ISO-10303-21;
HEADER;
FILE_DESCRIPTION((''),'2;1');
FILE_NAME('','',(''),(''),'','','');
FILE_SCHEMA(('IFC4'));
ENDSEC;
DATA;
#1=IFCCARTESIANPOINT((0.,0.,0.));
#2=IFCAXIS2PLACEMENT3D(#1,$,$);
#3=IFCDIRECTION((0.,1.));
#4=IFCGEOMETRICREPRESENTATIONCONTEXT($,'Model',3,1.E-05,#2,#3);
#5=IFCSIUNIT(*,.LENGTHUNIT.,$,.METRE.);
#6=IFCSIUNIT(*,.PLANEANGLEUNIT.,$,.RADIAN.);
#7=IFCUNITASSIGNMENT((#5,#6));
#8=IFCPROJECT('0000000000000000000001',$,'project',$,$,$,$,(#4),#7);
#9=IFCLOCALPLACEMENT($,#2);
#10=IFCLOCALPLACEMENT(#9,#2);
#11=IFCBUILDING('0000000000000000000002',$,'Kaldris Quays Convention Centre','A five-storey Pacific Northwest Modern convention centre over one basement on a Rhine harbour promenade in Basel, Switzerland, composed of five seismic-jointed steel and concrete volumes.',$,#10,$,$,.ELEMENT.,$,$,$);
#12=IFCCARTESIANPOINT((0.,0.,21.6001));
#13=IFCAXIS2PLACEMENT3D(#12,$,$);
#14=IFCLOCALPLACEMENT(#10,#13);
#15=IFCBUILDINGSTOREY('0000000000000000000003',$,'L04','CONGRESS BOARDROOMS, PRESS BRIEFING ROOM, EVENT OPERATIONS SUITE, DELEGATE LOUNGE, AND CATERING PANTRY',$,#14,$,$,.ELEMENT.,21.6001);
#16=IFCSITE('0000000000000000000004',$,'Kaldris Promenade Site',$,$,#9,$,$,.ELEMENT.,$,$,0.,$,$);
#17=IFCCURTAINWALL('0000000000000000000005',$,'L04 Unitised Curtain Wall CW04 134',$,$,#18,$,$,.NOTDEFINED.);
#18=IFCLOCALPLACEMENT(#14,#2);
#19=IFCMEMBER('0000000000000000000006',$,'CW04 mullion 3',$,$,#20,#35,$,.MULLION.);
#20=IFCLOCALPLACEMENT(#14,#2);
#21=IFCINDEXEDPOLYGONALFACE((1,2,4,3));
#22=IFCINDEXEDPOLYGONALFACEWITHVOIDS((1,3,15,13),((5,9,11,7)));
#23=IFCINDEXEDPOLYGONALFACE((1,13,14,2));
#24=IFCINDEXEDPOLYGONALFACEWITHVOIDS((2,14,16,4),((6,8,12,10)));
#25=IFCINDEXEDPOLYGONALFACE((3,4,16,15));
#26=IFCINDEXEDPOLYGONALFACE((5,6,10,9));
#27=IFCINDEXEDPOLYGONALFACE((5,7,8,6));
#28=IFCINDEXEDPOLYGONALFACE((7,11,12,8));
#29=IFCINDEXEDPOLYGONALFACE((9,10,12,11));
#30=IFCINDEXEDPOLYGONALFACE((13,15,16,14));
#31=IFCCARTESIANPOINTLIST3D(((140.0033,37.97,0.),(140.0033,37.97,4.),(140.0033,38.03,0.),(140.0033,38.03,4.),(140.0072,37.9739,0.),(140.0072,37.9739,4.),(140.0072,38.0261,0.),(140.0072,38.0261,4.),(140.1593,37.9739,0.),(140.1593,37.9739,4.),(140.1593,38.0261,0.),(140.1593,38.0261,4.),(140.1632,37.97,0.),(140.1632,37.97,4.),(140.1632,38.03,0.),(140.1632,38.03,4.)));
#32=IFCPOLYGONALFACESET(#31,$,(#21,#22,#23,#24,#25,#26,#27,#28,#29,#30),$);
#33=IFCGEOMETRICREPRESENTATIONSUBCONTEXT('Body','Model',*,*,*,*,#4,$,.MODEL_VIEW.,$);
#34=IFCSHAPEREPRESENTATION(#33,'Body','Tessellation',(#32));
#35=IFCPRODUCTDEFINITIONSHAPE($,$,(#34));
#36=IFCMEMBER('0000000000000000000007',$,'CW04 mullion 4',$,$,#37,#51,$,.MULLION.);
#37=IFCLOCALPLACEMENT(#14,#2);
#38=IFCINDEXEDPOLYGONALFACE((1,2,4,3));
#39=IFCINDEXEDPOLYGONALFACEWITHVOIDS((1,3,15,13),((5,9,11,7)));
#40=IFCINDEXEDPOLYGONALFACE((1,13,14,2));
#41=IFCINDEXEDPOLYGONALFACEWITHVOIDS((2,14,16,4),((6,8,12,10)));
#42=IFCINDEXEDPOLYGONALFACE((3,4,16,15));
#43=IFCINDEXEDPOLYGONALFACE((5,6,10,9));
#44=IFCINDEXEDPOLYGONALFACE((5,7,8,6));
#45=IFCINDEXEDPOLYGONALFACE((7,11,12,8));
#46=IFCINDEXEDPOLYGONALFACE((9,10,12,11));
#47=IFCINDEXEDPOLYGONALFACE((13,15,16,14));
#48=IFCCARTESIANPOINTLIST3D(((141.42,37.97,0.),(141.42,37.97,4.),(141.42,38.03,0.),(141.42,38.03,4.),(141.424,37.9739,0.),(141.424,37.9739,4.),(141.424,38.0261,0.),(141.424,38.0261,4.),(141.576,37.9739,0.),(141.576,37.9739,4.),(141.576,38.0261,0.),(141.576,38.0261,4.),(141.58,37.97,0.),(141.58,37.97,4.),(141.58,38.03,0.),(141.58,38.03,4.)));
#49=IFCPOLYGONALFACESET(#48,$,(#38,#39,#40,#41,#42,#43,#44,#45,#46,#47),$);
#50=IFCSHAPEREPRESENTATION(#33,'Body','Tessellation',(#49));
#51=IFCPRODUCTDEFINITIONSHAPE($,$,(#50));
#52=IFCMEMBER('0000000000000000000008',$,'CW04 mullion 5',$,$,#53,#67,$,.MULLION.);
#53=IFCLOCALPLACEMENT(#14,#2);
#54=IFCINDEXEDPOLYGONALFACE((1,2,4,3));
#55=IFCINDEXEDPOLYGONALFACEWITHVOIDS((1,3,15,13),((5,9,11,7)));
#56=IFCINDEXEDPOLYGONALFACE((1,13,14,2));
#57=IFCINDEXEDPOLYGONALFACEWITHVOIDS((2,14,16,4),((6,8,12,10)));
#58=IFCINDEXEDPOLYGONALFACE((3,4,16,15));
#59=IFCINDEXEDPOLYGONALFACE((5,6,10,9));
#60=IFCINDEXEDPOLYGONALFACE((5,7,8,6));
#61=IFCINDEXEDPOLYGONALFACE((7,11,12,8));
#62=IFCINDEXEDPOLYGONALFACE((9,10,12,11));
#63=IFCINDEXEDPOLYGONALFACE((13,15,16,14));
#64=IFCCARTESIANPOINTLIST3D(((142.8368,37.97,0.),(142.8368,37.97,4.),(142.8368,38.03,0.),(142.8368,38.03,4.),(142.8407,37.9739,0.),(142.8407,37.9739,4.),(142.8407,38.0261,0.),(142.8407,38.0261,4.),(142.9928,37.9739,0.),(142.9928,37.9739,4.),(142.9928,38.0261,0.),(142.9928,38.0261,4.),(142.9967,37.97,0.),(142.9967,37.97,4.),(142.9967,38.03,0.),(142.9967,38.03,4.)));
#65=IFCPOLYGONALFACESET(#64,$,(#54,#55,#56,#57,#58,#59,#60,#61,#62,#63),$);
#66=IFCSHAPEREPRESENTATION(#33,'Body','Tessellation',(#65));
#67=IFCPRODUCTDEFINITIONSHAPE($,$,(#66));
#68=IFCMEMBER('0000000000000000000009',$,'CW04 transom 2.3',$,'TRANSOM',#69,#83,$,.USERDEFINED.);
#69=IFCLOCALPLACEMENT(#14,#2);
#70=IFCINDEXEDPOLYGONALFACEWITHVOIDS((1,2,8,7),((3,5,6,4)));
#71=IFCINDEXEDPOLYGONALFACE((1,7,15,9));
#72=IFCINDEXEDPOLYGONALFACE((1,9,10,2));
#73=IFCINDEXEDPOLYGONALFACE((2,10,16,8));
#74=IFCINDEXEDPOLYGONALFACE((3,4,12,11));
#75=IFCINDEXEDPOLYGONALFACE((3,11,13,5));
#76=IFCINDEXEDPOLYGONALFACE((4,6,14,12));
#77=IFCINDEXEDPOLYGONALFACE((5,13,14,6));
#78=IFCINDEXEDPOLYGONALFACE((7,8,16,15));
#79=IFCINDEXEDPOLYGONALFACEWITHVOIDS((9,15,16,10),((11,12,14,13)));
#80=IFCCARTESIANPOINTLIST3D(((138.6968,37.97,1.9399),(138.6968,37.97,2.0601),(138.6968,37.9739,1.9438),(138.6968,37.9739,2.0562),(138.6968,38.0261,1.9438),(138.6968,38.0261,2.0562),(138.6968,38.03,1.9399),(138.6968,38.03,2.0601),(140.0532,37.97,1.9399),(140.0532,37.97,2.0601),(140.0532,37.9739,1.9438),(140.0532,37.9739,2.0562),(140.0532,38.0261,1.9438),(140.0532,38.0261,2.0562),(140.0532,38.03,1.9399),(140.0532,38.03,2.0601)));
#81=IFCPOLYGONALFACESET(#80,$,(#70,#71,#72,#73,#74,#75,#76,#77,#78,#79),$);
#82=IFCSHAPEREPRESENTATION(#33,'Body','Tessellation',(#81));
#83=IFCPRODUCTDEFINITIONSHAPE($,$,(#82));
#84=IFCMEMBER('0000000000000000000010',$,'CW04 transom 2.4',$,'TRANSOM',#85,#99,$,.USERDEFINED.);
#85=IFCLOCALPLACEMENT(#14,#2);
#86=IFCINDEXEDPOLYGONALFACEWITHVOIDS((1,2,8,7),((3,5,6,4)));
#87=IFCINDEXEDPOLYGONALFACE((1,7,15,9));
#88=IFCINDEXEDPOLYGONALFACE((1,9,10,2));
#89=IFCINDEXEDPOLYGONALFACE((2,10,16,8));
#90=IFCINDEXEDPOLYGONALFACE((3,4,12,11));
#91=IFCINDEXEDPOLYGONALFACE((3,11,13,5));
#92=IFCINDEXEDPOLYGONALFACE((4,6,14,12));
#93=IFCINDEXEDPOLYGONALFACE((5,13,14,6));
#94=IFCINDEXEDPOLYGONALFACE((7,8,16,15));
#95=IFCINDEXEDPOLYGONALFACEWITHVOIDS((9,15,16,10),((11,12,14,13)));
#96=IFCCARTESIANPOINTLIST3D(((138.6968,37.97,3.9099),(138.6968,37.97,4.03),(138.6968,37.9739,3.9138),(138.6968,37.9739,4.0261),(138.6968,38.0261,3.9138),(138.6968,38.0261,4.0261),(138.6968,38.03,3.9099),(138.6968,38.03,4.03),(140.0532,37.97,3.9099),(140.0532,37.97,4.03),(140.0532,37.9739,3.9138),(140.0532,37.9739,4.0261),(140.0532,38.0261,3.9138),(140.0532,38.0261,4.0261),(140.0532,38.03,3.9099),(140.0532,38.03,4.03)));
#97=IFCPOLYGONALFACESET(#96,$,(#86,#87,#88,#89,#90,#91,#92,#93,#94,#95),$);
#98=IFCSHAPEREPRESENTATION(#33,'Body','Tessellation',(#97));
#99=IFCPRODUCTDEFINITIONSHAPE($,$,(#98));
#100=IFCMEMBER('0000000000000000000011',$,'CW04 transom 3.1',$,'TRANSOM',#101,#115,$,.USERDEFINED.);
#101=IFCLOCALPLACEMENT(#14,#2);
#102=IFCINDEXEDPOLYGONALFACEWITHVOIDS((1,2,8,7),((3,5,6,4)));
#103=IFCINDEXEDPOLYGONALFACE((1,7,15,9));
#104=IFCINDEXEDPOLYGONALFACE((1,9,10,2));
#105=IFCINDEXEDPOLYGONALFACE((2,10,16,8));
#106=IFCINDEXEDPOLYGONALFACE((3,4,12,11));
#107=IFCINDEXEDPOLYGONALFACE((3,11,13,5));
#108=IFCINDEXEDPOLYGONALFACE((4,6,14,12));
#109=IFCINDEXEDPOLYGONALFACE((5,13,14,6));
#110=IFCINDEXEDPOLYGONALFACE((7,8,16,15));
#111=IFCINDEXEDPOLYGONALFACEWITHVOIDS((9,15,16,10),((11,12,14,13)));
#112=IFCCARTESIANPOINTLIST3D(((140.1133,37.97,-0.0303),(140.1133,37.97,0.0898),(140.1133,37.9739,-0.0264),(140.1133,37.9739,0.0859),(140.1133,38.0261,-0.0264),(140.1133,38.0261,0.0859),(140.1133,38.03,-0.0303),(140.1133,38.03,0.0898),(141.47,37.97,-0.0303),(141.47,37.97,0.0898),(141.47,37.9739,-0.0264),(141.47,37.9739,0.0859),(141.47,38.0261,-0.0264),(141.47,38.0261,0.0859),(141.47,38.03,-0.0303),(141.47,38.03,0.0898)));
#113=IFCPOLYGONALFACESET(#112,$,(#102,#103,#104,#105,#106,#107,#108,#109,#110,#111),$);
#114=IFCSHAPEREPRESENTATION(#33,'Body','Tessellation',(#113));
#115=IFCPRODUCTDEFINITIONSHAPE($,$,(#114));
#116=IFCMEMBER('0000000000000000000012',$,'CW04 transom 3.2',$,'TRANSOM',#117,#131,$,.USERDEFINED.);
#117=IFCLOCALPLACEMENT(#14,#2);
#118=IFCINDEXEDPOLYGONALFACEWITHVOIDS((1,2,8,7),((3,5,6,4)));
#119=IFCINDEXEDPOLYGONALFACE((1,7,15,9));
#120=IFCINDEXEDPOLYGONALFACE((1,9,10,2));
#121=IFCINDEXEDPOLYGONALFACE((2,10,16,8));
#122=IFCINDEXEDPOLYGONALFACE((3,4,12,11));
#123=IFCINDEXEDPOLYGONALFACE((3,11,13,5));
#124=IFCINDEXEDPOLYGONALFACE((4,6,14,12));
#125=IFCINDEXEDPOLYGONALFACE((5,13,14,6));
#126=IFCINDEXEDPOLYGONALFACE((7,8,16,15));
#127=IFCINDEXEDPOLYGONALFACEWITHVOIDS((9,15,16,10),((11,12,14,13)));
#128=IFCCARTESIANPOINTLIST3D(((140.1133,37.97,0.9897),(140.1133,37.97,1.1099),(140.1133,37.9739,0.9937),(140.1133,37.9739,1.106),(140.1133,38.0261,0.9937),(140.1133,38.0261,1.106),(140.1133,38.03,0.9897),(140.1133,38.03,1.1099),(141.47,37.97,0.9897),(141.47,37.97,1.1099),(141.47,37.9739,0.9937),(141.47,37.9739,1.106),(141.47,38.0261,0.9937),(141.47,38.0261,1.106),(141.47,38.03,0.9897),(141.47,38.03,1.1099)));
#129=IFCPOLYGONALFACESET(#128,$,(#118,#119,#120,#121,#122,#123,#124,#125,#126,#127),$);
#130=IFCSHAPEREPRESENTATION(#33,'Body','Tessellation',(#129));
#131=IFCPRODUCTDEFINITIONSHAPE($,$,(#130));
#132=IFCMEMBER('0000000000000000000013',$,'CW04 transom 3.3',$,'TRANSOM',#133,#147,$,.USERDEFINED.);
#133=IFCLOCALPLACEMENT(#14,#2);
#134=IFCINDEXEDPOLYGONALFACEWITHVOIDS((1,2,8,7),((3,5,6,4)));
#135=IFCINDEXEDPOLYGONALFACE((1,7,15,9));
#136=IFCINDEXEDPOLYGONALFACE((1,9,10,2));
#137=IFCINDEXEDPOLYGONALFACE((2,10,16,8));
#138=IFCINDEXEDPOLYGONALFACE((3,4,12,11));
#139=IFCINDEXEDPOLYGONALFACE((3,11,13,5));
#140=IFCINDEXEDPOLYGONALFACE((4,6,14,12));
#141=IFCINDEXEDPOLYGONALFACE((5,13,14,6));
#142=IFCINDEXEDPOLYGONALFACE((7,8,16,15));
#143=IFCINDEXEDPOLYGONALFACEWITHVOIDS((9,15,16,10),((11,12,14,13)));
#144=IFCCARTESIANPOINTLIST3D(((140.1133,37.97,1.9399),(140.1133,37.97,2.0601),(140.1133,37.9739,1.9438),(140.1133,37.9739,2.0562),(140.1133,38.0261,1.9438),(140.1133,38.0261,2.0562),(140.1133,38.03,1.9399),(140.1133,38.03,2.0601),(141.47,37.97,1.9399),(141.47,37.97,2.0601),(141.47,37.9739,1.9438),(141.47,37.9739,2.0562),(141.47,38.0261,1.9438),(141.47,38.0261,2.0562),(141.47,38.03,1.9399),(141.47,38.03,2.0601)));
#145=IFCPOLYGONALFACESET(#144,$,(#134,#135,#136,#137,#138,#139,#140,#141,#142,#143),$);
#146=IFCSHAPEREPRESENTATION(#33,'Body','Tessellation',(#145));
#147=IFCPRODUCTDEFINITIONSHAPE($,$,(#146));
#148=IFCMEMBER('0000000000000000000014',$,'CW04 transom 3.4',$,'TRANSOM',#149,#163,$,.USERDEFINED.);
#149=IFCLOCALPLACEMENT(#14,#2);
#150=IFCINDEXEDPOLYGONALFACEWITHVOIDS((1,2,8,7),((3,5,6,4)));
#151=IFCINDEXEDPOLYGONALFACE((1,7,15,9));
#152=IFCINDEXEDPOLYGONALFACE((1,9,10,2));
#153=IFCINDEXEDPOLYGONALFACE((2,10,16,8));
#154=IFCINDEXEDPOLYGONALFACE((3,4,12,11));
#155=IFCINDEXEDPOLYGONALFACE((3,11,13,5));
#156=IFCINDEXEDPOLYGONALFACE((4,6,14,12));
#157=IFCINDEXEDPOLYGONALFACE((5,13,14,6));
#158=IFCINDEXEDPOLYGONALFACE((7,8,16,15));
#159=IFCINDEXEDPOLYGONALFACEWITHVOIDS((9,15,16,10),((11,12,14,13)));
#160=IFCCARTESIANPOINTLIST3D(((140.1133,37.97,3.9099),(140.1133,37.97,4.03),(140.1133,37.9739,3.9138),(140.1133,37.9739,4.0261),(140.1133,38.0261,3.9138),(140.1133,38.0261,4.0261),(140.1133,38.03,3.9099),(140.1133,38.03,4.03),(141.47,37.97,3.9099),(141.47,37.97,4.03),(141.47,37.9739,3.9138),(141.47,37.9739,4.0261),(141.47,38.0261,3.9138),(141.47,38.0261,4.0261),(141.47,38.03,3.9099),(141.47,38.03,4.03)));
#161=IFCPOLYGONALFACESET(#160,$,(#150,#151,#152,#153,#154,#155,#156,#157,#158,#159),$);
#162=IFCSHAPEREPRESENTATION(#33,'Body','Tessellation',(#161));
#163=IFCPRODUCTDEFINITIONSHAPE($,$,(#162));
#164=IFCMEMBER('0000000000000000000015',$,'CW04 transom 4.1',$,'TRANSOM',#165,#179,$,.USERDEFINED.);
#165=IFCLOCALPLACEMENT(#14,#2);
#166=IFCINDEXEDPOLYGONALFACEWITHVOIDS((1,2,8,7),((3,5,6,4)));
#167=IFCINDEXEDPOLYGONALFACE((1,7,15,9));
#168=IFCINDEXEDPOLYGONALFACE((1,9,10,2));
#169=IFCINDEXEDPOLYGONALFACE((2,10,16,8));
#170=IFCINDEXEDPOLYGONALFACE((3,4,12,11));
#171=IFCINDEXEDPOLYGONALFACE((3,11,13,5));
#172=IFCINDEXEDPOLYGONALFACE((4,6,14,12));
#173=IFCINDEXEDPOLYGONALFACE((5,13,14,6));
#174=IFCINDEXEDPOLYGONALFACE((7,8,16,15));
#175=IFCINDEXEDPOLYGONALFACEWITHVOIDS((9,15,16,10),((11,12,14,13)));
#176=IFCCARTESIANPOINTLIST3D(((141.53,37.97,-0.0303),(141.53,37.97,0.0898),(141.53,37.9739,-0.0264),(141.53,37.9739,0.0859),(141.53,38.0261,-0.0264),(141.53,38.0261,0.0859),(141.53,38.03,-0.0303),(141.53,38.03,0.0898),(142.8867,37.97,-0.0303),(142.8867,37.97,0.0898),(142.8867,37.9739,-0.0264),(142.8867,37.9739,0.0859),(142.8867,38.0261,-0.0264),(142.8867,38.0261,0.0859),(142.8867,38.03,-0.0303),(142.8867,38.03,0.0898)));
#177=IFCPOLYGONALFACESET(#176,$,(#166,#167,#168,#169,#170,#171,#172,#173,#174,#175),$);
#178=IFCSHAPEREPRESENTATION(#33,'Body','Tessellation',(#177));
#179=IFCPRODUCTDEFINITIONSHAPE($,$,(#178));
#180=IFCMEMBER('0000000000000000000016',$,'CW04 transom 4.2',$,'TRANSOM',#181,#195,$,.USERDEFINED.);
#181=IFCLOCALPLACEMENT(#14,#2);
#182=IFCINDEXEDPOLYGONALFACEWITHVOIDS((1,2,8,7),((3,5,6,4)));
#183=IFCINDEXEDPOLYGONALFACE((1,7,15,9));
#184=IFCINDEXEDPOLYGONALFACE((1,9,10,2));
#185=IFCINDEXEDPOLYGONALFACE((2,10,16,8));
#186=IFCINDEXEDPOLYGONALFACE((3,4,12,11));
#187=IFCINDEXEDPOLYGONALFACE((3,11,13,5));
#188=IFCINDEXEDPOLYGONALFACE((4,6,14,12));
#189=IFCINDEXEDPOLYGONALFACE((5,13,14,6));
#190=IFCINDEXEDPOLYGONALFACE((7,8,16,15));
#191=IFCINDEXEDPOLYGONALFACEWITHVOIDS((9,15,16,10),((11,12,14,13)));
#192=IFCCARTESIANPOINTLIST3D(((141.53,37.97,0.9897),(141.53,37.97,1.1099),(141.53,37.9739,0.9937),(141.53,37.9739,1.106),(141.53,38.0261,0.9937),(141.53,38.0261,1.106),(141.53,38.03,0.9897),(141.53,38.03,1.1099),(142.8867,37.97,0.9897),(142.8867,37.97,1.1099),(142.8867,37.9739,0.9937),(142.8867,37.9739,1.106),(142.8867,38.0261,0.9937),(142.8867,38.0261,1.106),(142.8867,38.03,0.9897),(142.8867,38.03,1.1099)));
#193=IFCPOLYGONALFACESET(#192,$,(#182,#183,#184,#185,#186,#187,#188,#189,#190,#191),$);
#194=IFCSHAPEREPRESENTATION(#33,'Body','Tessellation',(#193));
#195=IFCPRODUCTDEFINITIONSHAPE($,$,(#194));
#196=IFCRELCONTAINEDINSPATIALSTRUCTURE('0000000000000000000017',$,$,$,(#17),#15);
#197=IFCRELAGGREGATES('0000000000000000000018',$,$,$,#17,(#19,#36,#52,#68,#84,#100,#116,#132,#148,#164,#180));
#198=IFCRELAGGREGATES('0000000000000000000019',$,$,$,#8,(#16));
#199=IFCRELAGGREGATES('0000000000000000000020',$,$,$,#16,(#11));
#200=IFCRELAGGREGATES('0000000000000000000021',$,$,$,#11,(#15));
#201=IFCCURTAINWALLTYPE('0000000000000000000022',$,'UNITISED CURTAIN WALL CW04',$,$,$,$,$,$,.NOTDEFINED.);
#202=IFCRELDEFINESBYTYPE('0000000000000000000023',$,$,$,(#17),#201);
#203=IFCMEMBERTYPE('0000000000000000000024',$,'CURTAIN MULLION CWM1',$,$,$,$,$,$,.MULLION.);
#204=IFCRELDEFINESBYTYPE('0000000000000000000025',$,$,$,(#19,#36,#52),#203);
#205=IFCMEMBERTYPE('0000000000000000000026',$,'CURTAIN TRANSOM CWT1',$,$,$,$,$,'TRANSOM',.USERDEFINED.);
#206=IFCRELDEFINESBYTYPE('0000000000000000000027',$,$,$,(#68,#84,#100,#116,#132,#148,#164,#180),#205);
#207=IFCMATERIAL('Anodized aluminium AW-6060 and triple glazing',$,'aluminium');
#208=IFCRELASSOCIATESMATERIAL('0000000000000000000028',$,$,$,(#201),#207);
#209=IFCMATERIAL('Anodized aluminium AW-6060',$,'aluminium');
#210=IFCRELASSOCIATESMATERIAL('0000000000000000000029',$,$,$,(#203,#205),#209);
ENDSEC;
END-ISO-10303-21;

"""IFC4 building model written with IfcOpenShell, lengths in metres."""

from ifc_helpers import new_model, si_unit, direction, frame, origin, origin_2d, place, context, subcontext, project, spatial, hollow_rectangle, extrude, material, material_profile, profile_set, type_object, element, aggregate, save


model = new_model("IFC4")

# Units and contexts
model_context = context("Model", 3, precision=1e-05, world=origin(), true_north=direction((0.0, 1.0)))
body_context = subcontext(model_context, "Body", "Model", "MODEL_VIEW")
ifc_project = project(units=[si_unit("LENGTHUNIT", "METRE"), si_unit("PLANEANGLEUNIT", "RADIAN")], contexts=[model_context])

# Site, building, storey
site_placement = place(None, origin())
site = spatial("IfcSite", under=ifc_project, at=site_placement, Name="Kaldris Promenade Site", CompositionType="ELEMENT", RefElevation=0.0)
building_placement = place(site_placement, origin())
building = spatial("IfcBuilding", under=site, at=building_placement, Name="Kaldris Quays Convention Centre", Description="A five-storey Pacific Northwest Modern convention centre over one basement on a Rhine harbour promenade in Basel, Switzerland, composed of five seismic-jointed steel and concrete volumes.", CompositionType="ELEMENT")
storey_placement = place(building_placement, frame((0.0, 0.0, 21.6001)))
storey = spatial("IfcBuildingStorey", under=building, at=storey_placement, Name="L04", Description="CONGRESS BOARDROOMS, PRESS BRIEFING ROOM, EVENT OPERATIONS SUITE, DELEGATE LOUNGE, AND CATERING PANTRY", CompositionType="ELEMENT", Elevation=21.6001)

# Curtain wall, members
ifc_material_1 = material(Name="Anodized aluminium AW-6060 and triple glazing", Category="aluminium")
curtain_wall_type = type_object("IfcCurtainWallType", Name="UNITISED CURTAIN WALL CW04", PredefinedType="NOTDEFINED", material=ifc_material_1)
curtain_wall_placement = place(storey_placement, origin())
curtain_wall = element("IfcCurtainWall", 1, at=curtain_wall_placement, inside=storey, type_object=curtain_wall_type, Name="L04 Unitised Curtain Wall CW04 134", PredefinedType="NOTDEFINED")
ifc_material_2 = material(Name="Anodized aluminium AW-6060", Category="aluminium")
ifc_material_profile_1 = material_profile(ifc_material_2, hollow_rectangle(XDim=0.0601, YDim=0.1599, WallThickness=0.0039, at=origin_2d()), Name="RHS 160x60x4")
ifc_profile_set_1 = profile_set([ifc_material_profile_1], Name="Anodized aluminium AW-6060")
member_type_1 = type_object("IfcMemberType", Name="CURTAIN MULLION CWM1", PredefinedType="MULLION", material=ifc_profile_set_1)
member_1_placement = place(storey_placement, frame((140.0833, 38.0, 0.0), z_axis=(0.0, 0.0, 1.0), x_axis=(0.0, 1.0, 0.0)))
member_1 = element("IfcMember", 2, at=member_1_placement, type_object=member_type_1, Name="CW04 mullion 3", PredefinedType="MULLION", context=body_context, shape_type="SweptSolid", body=[
    extrude(hollow_rectangle(XDim=0.0601, YDim=0.1599, WallThickness=0.0039, at=origin_2d()), origin(), (0.0, 0.0, 1.0), 4.0),
])
member_2_placement = place(storey_placement, frame((141.5, 38.0, 0.0), z_axis=(0.0, 0.0, 1.0), x_axis=(0.0, 1.0, 0.0)))
member_2 = element("IfcMember", 3, at=member_2_placement, type_object=member_type_1, Name="CW04 mullion 4", PredefinedType="MULLION", context=body_context, shape_type="SweptSolid", body=[
    extrude(hollow_rectangle(XDim=0.0601, YDim=0.1599, WallThickness=0.0039, at=origin_2d()), origin(), (0.0, 0.0, 1.0), 4.0),
])
member_3_placement = place(storey_placement, frame((142.9167, 38.0, 0.0), z_axis=(0.0, 0.0, 1.0), x_axis=(0.0, 1.0, 0.0)))
member_3 = element("IfcMember", 4, at=member_3_placement, type_object=member_type_1, Name="CW04 mullion 5", PredefinedType="MULLION", context=body_context, shape_type="SweptSolid", body=[
    extrude(hollow_rectangle(XDim=0.0601, YDim=0.1599, WallThickness=0.0039, at=origin_2d()), origin(), (0.0, 0.0, 1.0), 4.0),
])
ifc_material_profile_2 = material_profile(ifc_material_2, hollow_rectangle(XDim=0.0601, YDim=0.1201, WallThickness=0.0039, at=origin_2d()), Name="RHS 120x60x4")
ifc_profile_set_2 = profile_set([ifc_material_profile_2], Name="Anodized aluminium AW-6060")
member_type_2 = type_object("IfcMemberType", Name="CURTAIN TRANSOM CWT1", ElementType="TRANSOM", PredefinedType="USERDEFINED", material=ifc_profile_set_2)
member_4_placement = place(storey_placement, frame((138.6968, 38.0, 2.0), z_axis=(1.0, 0.0, 0.0), x_axis=(0.0, 1.0, 0.0)))
member_4 = element("IfcMember", 5, at=member_4_placement, type_object=member_type_2, Name="CW04 transom 2.3", ObjectType="TRANSOM", PredefinedType="USERDEFINED", context=body_context, shape_type="SweptSolid", body=[
    extrude(hollow_rectangle(XDim=0.0601, YDim=0.1201, WallThickness=0.0039, at=origin_2d()), origin(), (0.0, 0.0, 1.0), 1.3564),
])
member_5_placement = place(storey_placement, frame((138.6968, 38.0, 3.97), z_axis=(1.0, 0.0, 0.0), x_axis=(0.0, 1.0, 0.0)))
member_5 = element("IfcMember", 6, at=member_5_placement, type_object=member_type_2, Name="CW04 transom 2.4", ObjectType="TRANSOM", PredefinedType="USERDEFINED", context=body_context, shape_type="SweptSolid", body=[
    extrude(hollow_rectangle(XDim=0.0601, YDim=0.1201, WallThickness=0.0039, at=origin_2d()), origin(), (0.0, 0.0, 1.0), 1.3564),
])
member_6_placement = place(storey_placement, frame((140.1133, 38.0, 0.0298), z_axis=(1.0, 0.0, 0.0), x_axis=(0.0, 1.0, 0.0)))
member_6 = element("IfcMember", 7, at=member_6_placement, type_object=member_type_2, Name="CW04 transom 3.1", ObjectType="TRANSOM", PredefinedType="USERDEFINED", context=body_context, shape_type="SweptSolid", body=[
    extrude(hollow_rectangle(XDim=0.0601, YDim=0.1201, WallThickness=0.0039, at=origin_2d()), origin(), (0.0, 0.0, 1.0), 1.3567),
])
member_7_placement = place(storey_placement, frame((140.1133, 38.0, 1.0498), z_axis=(1.0, 0.0, 0.0), x_axis=(0.0, 1.0, 0.0)))
member_7 = element("IfcMember", 8, at=member_7_placement, type_object=member_type_2, Name="CW04 transom 3.2", ObjectType="TRANSOM", PredefinedType="USERDEFINED", context=body_context, shape_type="SweptSolid", body=[
    extrude(hollow_rectangle(XDim=0.0601, YDim=0.1201, WallThickness=0.0039, at=origin_2d()), origin(), (0.0, 0.0, 1.0), 1.3567),
])
member_8_placement = place(storey_placement, frame((140.1133, 38.0, 2.0), z_axis=(1.0, 0.0, 0.0), x_axis=(0.0, 1.0, 0.0)))
member_8 = element("IfcMember", 9, at=member_8_placement, type_object=member_type_2, Name="CW04 transom 3.3", ObjectType="TRANSOM", PredefinedType="USERDEFINED", context=body_context, shape_type="SweptSolid", body=[
    extrude(hollow_rectangle(XDim=0.0601, YDim=0.1201, WallThickness=0.0039, at=origin_2d()), origin(), (0.0, 0.0, 1.0), 1.3567),
])
member_9_placement = place(storey_placement, frame((140.1133, 38.0, 3.97), z_axis=(1.0, 0.0, 0.0), x_axis=(0.0, 1.0, 0.0)))
member_9 = element("IfcMember", 10, at=member_9_placement, type_object=member_type_2, Name="CW04 transom 3.4", ObjectType="TRANSOM", PredefinedType="USERDEFINED", context=body_context, shape_type="SweptSolid", body=[
    extrude(hollow_rectangle(XDim=0.0601, YDim=0.1201, WallThickness=0.0039, at=origin_2d()), origin(), (0.0, 0.0, 1.0), 1.3567),
])
member_10_placement = place(storey_placement, frame((141.53, 38.0, 0.0298), z_axis=(1.0, 0.0, 0.0), x_axis=(0.0, 1.0, 0.0)))
member_10 = element("IfcMember", 11, at=member_10_placement, type_object=member_type_2, Name="CW04 transom 4.1", ObjectType="TRANSOM", PredefinedType="USERDEFINED", context=body_context, shape_type="SweptSolid", body=[
    extrude(hollow_rectangle(XDim=0.0601, YDim=0.1201, WallThickness=0.0039, at=origin_2d()), origin(), (0.0, 0.0, 1.0), 1.3567),
])
member_11_placement = place(storey_placement, frame((141.53, 38.0, 1.0498), z_axis=(1.0, 0.0, 0.0), x_axis=(0.0, 1.0, 0.0)))
member_11 = element("IfcMember", 12, at=member_11_placement, type_object=member_type_2, Name="CW04 transom 4.2", ObjectType="TRANSOM", PredefinedType="USERDEFINED", context=body_context, shape_type="SweptSolid", body=[
    extrude(hollow_rectangle(XDim=0.0601, YDim=0.1201, WallThickness=0.0039, at=origin_2d()), origin(), (0.0, 0.0, 1.0), 1.3567),
])
aggregate(curtain_wall, [member_1, member_2, member_3, member_4, member_5, member_6, member_7, member_8, member_9, member_10, member_11])

save(model, "model.ifc")
